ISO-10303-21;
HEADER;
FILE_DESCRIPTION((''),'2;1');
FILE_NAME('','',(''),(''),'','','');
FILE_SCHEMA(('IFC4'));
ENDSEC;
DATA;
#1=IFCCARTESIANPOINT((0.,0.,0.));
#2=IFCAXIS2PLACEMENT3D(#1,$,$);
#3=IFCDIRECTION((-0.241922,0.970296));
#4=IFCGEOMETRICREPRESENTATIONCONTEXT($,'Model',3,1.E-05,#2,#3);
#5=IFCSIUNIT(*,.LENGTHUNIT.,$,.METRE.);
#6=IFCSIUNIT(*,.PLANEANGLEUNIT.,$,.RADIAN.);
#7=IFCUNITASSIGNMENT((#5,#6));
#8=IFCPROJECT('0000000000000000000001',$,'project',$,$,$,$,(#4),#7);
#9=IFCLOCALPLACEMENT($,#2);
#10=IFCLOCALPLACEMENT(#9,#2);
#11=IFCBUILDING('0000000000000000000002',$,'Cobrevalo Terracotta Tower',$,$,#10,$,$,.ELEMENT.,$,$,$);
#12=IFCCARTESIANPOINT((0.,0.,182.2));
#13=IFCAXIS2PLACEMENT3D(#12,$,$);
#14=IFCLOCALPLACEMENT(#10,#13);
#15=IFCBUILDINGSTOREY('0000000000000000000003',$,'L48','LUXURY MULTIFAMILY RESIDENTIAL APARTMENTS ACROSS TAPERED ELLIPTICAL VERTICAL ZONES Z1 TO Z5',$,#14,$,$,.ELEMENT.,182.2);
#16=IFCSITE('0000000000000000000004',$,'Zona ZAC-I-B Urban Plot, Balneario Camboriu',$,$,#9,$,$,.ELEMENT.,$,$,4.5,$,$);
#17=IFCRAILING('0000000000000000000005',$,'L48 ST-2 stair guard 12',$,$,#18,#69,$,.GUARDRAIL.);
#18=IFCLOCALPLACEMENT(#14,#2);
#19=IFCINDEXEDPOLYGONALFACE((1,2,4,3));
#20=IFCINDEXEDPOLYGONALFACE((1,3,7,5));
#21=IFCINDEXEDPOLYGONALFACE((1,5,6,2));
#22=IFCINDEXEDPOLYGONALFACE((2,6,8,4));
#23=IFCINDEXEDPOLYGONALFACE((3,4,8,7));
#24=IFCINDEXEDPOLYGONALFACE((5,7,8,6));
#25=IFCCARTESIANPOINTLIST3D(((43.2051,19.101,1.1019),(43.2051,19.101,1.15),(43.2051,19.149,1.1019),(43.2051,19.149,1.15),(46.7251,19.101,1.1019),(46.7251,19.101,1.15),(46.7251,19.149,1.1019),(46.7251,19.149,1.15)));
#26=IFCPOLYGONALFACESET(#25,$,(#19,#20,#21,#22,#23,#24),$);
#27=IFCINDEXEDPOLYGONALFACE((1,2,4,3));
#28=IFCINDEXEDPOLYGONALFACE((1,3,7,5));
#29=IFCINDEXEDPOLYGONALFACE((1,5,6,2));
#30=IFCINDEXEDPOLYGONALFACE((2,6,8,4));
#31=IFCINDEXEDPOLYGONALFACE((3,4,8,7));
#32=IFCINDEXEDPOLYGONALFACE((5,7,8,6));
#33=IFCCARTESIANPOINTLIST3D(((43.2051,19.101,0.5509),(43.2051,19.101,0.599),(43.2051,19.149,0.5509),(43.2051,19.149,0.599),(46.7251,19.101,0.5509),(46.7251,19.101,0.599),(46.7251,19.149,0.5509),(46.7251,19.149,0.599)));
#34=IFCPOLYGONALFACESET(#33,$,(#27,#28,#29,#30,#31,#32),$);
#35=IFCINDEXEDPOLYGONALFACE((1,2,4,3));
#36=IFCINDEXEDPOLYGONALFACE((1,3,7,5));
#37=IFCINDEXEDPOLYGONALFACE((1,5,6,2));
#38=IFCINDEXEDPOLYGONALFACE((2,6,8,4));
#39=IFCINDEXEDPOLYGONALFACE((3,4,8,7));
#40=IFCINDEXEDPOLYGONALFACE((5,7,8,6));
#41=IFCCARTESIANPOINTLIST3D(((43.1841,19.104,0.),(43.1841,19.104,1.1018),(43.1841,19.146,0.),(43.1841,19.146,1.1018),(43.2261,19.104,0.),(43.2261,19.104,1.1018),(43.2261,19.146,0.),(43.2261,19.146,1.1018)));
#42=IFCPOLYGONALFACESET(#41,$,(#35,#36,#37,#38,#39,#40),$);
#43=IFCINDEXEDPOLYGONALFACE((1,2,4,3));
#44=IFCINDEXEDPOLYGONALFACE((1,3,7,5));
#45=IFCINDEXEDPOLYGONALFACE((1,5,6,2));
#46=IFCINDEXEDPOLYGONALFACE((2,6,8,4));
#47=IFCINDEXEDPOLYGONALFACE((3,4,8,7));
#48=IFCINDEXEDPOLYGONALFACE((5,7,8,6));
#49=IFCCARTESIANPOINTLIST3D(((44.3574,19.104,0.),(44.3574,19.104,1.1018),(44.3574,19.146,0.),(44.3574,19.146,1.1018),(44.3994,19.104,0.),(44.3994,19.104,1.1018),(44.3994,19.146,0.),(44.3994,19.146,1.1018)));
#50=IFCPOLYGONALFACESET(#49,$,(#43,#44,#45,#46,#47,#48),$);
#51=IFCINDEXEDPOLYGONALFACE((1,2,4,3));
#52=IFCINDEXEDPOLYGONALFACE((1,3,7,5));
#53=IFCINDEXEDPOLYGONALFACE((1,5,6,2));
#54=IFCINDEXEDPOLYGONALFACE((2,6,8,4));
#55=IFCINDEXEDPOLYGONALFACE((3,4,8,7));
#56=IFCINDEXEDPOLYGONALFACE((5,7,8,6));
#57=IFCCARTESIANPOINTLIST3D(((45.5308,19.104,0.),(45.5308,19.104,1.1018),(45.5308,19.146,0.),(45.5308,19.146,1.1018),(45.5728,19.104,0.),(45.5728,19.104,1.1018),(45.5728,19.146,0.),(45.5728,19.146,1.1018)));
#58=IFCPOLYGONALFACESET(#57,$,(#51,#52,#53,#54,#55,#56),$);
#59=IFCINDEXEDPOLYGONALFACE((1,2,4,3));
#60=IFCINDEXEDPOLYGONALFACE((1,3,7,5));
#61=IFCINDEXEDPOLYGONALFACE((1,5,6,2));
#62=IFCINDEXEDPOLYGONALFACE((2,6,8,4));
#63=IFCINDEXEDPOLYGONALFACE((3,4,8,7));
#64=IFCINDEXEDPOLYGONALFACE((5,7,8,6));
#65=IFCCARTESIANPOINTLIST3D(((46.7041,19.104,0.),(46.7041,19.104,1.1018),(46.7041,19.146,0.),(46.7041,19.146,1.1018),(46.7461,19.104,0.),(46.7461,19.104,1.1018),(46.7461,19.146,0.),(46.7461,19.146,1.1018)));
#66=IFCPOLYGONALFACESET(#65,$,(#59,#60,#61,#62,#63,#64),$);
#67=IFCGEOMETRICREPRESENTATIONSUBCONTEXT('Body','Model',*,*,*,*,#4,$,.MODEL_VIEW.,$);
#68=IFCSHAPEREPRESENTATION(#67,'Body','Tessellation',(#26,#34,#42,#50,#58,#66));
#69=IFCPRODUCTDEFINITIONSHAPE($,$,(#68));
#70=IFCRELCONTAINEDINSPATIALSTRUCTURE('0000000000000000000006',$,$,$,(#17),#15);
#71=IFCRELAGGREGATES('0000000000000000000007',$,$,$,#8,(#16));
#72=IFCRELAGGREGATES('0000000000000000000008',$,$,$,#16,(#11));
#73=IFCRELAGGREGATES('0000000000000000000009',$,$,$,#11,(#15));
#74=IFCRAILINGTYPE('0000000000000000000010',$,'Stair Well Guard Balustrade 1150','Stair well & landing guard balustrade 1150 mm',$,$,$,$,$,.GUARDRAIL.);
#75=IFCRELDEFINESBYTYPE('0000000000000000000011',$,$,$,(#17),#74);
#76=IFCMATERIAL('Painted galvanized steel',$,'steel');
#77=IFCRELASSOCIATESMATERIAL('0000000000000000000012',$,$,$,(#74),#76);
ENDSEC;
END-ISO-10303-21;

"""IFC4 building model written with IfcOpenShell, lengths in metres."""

from ifc_helpers import new_model, si_unit, direction, frame, origin, origin_2d, place, context, subcontext, project, spatial, rectangle, extrude, material, type_object, element, save


model = new_model("IFC4")

# Units and contexts
model_context = context("Model", 3, precision=1e-05, world=origin(), true_north=direction((-0.241922, 0.970296)))
body_context = subcontext(model_context, "Body", "Model", "MODEL_VIEW")
ifc_project = project(units=[si_unit("LENGTHUNIT", "METRE"), si_unit("PLANEANGLEUNIT", "RADIAN")], contexts=[model_context])

# Site, building, storey
site_placement = place(None, origin())
site = spatial("IfcSite", under=ifc_project, at=site_placement, Name="Zona ZAC-I-B Urban Plot, Balneario Camboriu", CompositionType="ELEMENT", RefElevation=4.5)
building_placement = place(site_placement, origin())
building = spatial("IfcBuilding", under=site, at=building_placement, Name="Cobrevalo Terracotta Tower", CompositionType="ELEMENT")
storey_placement = place(building_placement, frame((0.0, 0.0, 182.2)))
storey = spatial("IfcBuildingStorey", under=building, at=storey_placement, Name="L48", Description="LUXURY MULTIFAMILY RESIDENTIAL APARTMENTS ACROSS TAPERED ELLIPTICAL VERTICAL ZONES Z1 TO Z5", CompositionType="ELEMENT", Elevation=182.2)

# Railing
ifc_material_1 = material(Name="Painted galvanized steel", Category="steel")
railing_type_1 = type_object("IfcRailingType", Name="Stair Well Guard Balustrade 1150", Description="Stair well & landing guard balustrade 1150 mm", PredefinedType="GUARDRAIL", material=ifc_material_1)
railing_1_placement = place(storey_placement, frame((43.2051, 19.125, 0.0)))
element("IfcRailing", 1, at=railing_1_placement, inside=storey, type_object=railing_type_1, Name="L48 ST-2 stair guard 12", PredefinedType="GUARDRAIL", context=body_context, shape_type="SweptSolid", body=[
    extrude(rectangle(XDim=0.0481, YDim=0.0481, at=origin_2d()), frame((0.0, 0.0, 1.126), z_axis=(1.0, 0.0, 0.0), x_axis=(0.0, 1.0, 0.0)), (0.0, 0.0, 1.0), 3.52),
    extrude(rectangle(XDim=0.0481, YDim=0.0481, at=origin_2d()), frame((0.0, 0.0, 0.575), z_axis=(1.0, 0.0, 0.0), x_axis=(0.0, 1.0, 0.0)), (0.0, 0.0, 1.0), 3.52),
    extrude(rectangle(XDim=0.042, YDim=0.042, at=origin_2d()), origin(), (0.0, 0.0, 1.0), 1.1018),
    extrude(rectangle(XDim=0.042, YDim=0.042, at=origin_2d()), frame((1.1733, 0.0, 0.0)), (0.0, 0.0, 1.0), 1.1018),
    extrude(rectangle(XDim=0.042, YDim=0.042, at=origin_2d()), frame((2.3467, 0.0, 0.0)), (0.0, 0.0, 1.0), 1.1018),
    extrude(rectangle(XDim=0.042, YDim=0.042, at=origin_2d()), frame((3.52, 0.0, 0.0)), (0.0, 0.0, 1.0), 1.1018),
])

save(model, "model.ifc")
